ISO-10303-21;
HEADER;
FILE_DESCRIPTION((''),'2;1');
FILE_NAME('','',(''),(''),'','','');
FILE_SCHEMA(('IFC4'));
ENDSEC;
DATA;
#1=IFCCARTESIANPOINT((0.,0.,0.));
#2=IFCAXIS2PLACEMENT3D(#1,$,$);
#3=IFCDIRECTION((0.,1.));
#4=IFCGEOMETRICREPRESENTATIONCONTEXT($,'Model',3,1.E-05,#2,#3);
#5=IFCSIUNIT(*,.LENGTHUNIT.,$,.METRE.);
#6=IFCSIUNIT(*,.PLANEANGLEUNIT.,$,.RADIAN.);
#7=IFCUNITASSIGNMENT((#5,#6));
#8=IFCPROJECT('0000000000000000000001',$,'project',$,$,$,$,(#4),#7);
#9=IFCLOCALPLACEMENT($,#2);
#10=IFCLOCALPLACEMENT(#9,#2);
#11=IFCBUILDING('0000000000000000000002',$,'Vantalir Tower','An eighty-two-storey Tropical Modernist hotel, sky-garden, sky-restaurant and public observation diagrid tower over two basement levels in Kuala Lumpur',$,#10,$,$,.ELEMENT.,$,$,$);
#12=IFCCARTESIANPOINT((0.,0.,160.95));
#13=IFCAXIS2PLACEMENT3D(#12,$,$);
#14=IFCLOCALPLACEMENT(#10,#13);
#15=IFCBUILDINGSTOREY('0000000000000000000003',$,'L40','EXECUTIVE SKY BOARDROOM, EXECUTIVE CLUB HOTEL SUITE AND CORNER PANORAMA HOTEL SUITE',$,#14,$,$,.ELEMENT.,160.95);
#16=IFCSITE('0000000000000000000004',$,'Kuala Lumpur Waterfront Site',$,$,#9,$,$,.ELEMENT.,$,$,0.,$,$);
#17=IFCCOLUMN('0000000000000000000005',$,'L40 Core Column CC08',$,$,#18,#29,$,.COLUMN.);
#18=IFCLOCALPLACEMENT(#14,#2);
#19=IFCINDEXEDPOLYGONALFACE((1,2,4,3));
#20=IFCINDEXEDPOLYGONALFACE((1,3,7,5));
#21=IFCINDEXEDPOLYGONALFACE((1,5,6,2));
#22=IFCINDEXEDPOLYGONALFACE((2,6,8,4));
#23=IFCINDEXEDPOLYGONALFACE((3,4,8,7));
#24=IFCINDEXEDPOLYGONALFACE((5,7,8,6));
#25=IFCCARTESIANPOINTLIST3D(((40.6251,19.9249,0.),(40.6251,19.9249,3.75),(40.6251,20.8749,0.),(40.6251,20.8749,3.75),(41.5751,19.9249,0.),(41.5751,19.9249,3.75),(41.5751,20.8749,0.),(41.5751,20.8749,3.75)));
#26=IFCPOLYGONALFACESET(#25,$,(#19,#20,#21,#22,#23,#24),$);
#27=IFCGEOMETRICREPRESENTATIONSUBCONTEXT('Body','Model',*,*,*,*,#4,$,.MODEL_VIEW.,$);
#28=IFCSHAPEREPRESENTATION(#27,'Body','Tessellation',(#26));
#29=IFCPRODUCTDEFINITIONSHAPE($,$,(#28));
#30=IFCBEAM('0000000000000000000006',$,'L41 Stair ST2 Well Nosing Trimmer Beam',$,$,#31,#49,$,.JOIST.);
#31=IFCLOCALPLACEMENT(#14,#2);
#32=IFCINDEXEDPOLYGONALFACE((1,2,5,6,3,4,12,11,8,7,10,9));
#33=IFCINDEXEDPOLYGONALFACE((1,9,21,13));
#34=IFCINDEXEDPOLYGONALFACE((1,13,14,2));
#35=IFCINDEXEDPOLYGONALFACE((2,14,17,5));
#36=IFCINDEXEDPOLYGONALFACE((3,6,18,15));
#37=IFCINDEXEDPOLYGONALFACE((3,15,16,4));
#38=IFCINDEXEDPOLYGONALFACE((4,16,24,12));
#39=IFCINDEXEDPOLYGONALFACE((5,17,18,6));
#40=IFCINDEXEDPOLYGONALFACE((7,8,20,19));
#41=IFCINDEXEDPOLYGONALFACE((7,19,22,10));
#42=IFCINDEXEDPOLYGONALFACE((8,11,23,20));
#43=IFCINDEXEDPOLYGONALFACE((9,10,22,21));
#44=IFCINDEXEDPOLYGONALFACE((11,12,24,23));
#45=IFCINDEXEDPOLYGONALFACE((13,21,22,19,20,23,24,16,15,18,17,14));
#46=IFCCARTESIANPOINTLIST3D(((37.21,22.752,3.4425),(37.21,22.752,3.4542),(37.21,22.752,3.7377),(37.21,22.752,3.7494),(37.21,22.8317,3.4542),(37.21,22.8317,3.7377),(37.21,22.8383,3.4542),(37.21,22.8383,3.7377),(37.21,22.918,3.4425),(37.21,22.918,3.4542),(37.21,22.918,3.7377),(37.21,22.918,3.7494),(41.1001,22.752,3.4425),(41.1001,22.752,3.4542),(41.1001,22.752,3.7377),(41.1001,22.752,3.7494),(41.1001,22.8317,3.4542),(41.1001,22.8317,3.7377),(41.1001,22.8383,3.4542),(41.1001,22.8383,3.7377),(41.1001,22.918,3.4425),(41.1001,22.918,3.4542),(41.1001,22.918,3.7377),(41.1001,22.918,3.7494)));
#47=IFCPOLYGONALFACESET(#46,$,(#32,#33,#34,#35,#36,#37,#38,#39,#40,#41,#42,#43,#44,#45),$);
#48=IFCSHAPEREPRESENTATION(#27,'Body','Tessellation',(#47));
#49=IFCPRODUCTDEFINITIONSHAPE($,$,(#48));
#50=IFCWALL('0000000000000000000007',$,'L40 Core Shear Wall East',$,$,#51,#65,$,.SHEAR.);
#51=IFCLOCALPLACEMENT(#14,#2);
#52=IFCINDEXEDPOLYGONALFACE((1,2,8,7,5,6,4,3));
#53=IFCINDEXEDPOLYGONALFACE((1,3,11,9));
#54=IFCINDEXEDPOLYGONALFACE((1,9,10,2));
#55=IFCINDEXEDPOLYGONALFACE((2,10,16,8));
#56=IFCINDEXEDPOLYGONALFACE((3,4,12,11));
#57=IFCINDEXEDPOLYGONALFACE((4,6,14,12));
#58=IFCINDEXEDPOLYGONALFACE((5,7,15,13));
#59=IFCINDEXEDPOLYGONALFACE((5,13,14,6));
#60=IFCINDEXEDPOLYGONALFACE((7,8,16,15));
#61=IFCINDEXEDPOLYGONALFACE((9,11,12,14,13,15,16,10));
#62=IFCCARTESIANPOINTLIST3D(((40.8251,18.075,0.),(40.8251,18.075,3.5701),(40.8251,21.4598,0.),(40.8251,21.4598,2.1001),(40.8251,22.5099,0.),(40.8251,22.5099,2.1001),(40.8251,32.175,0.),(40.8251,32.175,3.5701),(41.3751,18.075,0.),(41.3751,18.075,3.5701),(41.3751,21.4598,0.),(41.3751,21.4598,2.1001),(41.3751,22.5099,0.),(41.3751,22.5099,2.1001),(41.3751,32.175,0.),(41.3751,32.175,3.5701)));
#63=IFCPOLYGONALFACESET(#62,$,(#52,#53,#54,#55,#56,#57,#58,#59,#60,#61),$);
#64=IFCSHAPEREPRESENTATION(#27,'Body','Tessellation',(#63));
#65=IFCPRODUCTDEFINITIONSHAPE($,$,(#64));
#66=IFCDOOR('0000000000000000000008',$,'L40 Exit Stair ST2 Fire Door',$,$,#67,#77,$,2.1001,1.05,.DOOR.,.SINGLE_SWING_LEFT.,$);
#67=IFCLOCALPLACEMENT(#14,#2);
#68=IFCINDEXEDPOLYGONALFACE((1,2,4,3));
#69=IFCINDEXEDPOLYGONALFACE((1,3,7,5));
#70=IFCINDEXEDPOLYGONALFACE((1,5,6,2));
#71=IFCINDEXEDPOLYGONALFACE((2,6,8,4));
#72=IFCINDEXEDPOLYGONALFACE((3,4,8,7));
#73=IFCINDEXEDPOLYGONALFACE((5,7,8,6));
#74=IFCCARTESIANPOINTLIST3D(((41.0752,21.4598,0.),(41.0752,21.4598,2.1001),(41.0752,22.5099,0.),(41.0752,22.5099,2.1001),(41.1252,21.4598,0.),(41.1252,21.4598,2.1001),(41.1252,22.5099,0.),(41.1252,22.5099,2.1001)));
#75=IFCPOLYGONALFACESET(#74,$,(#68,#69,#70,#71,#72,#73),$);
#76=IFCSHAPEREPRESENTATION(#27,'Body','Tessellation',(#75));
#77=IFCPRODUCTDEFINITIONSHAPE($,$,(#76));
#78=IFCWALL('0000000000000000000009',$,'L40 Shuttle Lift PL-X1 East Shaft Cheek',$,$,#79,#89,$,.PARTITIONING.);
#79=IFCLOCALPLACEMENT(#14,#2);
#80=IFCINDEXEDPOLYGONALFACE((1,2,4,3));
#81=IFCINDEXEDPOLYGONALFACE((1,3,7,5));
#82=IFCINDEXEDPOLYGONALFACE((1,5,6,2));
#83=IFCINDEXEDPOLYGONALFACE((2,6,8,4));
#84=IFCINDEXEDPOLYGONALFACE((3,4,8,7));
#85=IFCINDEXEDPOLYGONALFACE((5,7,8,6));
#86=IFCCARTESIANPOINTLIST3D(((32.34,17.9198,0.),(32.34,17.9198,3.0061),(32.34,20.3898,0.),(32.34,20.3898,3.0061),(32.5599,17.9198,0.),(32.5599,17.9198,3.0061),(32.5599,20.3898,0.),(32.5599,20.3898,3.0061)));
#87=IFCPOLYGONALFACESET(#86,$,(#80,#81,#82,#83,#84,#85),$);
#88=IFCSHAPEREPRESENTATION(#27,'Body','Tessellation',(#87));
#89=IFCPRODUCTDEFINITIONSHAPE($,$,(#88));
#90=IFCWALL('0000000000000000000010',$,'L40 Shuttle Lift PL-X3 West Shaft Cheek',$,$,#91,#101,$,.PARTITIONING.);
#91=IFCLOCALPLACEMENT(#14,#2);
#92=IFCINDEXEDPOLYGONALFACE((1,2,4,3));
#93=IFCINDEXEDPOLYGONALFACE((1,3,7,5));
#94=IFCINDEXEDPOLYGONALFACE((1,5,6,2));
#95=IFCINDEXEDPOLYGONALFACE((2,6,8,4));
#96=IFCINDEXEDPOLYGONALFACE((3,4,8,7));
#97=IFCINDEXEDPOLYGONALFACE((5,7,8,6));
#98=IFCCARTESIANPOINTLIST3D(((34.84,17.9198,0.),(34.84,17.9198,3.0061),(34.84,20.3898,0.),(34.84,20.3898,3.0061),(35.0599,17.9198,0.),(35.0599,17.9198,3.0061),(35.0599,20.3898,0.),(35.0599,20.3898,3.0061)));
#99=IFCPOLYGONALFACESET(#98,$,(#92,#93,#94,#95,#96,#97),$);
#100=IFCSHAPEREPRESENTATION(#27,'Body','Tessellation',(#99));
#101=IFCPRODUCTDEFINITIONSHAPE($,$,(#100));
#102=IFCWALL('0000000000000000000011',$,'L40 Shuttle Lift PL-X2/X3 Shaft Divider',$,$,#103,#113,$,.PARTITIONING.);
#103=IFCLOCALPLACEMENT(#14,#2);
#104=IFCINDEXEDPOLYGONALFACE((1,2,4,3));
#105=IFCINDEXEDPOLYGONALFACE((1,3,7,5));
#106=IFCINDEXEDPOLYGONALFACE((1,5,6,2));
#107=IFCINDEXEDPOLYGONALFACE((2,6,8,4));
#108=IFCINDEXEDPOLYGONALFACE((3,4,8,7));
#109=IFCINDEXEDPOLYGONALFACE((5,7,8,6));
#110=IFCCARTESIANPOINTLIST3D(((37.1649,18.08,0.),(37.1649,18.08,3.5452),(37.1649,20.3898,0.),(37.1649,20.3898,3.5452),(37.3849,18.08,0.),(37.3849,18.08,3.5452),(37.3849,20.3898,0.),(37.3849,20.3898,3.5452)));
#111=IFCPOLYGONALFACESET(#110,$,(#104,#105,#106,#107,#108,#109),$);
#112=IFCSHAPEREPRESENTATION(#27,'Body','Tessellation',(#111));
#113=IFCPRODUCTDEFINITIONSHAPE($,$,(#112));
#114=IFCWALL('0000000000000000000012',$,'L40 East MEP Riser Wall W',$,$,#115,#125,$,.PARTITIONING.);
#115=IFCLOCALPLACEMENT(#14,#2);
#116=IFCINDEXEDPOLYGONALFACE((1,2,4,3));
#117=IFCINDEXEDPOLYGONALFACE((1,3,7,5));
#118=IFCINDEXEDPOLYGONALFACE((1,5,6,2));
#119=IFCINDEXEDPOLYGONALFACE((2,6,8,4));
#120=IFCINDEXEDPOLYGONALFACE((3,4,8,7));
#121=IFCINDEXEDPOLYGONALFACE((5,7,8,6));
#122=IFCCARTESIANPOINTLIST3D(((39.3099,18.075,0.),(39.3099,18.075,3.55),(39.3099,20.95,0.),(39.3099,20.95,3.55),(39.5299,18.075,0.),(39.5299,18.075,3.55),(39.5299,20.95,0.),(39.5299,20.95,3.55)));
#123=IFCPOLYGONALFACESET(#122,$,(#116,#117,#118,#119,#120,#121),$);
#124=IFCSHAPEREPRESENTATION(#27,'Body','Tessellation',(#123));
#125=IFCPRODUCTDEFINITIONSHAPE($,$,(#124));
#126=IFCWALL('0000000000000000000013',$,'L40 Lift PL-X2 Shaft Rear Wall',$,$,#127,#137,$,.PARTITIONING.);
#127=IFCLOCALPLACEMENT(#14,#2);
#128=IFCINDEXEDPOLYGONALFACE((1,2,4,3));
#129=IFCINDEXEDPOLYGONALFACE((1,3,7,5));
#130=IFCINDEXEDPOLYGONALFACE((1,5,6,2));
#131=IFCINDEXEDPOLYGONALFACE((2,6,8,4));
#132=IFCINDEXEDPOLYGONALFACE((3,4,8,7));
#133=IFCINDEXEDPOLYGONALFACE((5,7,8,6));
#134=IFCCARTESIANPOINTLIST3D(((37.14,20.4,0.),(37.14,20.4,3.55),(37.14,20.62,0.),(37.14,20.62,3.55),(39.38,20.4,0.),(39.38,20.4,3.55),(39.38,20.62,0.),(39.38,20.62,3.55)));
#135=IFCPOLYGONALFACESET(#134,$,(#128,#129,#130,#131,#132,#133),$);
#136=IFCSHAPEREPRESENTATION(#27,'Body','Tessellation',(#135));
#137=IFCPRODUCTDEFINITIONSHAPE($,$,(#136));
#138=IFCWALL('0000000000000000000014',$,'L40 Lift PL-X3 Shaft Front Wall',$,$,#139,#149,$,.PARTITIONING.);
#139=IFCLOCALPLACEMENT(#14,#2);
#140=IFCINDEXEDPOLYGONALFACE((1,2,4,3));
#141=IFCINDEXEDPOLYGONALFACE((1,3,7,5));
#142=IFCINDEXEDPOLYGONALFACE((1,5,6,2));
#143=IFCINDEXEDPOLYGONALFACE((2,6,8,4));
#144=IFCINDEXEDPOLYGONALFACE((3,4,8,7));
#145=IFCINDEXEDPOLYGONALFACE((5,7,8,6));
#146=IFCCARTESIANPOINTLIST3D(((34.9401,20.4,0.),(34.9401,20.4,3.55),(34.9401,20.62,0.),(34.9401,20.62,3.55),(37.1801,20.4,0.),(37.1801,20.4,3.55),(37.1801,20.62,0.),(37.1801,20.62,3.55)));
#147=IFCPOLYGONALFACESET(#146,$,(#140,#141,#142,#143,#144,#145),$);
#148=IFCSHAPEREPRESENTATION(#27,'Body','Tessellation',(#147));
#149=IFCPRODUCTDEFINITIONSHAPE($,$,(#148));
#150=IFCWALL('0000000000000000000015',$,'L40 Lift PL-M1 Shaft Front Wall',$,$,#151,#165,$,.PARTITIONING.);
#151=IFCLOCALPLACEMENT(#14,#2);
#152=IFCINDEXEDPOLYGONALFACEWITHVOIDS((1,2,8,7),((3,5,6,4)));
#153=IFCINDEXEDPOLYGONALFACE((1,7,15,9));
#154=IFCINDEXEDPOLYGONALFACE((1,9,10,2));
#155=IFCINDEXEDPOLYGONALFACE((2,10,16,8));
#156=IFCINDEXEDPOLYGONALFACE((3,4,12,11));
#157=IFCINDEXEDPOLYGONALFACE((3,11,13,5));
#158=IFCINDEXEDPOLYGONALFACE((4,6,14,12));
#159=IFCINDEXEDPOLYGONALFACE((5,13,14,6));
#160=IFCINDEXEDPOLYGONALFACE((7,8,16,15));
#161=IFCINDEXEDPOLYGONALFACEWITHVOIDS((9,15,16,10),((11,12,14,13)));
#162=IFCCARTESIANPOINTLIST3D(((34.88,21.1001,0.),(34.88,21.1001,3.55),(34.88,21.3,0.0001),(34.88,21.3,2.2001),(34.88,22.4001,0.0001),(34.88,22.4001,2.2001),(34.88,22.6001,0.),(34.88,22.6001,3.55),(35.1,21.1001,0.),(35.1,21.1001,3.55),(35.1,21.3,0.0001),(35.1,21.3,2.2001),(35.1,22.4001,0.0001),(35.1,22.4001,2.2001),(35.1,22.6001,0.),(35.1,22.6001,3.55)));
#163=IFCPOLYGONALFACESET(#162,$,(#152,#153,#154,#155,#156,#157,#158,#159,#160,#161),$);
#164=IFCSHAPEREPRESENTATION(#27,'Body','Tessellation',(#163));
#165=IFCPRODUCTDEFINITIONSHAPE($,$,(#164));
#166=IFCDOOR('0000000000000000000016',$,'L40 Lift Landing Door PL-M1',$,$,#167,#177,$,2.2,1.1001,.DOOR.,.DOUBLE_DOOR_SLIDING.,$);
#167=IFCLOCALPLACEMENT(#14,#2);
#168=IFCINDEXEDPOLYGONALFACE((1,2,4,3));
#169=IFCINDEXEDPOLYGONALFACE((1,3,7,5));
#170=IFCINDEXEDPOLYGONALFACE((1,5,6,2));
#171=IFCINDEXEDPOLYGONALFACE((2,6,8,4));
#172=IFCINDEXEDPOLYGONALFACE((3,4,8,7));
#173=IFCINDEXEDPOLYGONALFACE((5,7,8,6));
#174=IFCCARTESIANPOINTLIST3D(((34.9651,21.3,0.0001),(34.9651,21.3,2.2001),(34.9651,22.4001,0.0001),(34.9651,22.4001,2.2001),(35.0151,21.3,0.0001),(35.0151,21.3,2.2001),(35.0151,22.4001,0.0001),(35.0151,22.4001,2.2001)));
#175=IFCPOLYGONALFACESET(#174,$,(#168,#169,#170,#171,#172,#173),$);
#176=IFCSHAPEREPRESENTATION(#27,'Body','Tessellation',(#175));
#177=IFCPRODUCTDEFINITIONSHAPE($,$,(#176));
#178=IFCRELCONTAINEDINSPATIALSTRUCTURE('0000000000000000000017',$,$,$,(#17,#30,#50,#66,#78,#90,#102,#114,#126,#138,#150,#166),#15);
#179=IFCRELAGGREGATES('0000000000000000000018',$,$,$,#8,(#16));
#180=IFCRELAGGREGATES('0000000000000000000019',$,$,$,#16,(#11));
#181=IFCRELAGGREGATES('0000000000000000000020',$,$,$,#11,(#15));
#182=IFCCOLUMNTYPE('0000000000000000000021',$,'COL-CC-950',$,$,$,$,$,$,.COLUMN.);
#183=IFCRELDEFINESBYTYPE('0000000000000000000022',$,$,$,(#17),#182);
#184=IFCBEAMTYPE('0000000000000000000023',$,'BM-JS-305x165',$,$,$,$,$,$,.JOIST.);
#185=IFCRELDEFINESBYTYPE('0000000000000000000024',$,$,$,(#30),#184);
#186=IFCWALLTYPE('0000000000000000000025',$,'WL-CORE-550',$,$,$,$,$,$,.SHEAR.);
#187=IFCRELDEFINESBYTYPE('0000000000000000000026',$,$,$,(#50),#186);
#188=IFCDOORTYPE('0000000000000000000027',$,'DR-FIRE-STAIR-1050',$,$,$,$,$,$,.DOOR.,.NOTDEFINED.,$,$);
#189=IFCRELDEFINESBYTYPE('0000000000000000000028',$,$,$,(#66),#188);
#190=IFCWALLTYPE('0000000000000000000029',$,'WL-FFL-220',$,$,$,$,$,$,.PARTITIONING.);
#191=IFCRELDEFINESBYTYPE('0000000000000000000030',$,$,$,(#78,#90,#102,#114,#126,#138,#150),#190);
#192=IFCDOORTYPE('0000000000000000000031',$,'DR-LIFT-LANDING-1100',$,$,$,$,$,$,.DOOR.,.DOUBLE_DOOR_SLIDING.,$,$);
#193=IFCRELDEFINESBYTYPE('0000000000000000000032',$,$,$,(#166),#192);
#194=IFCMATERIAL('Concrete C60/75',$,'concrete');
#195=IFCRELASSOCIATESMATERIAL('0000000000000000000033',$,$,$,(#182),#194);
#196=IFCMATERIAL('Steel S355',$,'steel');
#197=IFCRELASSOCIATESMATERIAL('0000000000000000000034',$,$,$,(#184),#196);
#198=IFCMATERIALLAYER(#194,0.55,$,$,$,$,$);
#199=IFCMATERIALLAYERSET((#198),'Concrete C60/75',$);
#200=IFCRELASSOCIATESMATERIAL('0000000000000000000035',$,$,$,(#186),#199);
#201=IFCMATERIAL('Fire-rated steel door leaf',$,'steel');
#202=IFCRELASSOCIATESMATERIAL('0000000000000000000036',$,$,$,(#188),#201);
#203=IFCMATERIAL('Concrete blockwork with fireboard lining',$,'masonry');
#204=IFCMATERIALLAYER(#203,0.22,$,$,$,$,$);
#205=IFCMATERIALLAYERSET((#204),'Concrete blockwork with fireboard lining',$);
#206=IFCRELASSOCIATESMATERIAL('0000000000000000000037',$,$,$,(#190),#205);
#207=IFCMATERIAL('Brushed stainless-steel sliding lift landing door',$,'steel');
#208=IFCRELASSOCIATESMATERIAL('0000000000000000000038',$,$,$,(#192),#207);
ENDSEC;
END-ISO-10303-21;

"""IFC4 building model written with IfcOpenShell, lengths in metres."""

from ifc_helpers import new_model, si_unit, direction, frame, frame_2d, origin, origin_2d, place, context, subcontext, project, spatial, rectangle, i_section, extrude, material, layer, layer_set, material_profile, profile_set, type_object, element, fill, save


model = new_model("IFC4")

# Units and contexts
model_context = context("Model", 3, precision=1e-05, world=origin(), true_north=direction((0.0, 1.0)))
body_context = subcontext(model_context, "Body", "Model", "MODEL_VIEW")
ifc_project = project(units=[si_unit("LENGTHUNIT", "METRE"), si_unit("PLANEANGLEUNIT", "RADIAN")], contexts=[model_context])

# Site, building, storey
site_placement = place(None, origin())
site = spatial("IfcSite", under=ifc_project, at=site_placement, Name="Kuala Lumpur Waterfront Site", CompositionType="ELEMENT", RefElevation=0.0)
building_placement = place(site_placement, origin())
building = spatial("IfcBuilding", under=site, at=building_placement, Name="Vantalir Tower", Description="An eighty-two-storey Tropical Modernist hotel, sky-garden, sky-restaurant and public observation diagrid tower over two basement levels in Kuala Lumpur", CompositionType="ELEMENT")
storey_placement = place(building_placement, frame((0.0, 0.0, 160.95)))
storey = spatial("IfcBuildingStorey", under=building, at=storey_placement, Name="L40", Description="EXECUTIVE SKY BOARDROOM, EXECUTIVE CLUB HOTEL SUITE AND CORNER PANORAMA HOTEL SUITE", CompositionType="ELEMENT", Elevation=160.95)

# Column
ifc_material_1 = material(Name="Concrete C60/75", Category="concrete")
ifc_material_profile_1 = material_profile(ifc_material_1, rectangle(XDim=0.95, YDim=0.95, at=origin_2d()), Name="Concrete C60/75")
ifc_profile_set_1 = profile_set([ifc_material_profile_1], Name="Concrete C60/75")
column_type = type_object("IfcColumnType", Name="COL-CC-950", PredefinedType="COLUMN", material=ifc_profile_set_1)
column_placement = place(storey_placement, frame((41.1001, 20.3999, 0.0), z_axis=(0.0, 0.0, 1.0), x_axis=(1.0, 0.0, 0.0)))
element("IfcColumn", 1, at=column_placement, inside=storey, type_object=column_type, Name="L40 Core Column CC08", PredefinedType="COLUMN", context=body_context, shape_type="SweptSolid", body=[
    extrude(rectangle(XDim=0.95, YDim=0.95, at=origin_2d()), origin(), (0.0, 0.0, 1.0), 3.75),
])

# Beam
ifc_material_2 = material(Name="Steel S355", Category="steel")
ifc_material_profile_2 = material_profile(ifc_material_2, i_section(OverallWidth=0.166, OverallDepth=0.3069, WebThickness=0.0066, FlangeThickness=0.0117, at=origin_2d()), Name="Steel S355")
ifc_profile_set_2 = profile_set([ifc_material_profile_2], Name="Steel S355")
beam_type = type_object("IfcBeamType", Name="BM-JS-305x165", PredefinedType="JOIST", material=ifc_profile_set_2)
beam_placement = place(storey_placement, frame((37.21, 22.835, 3.5959), z_axis=(1.0, 0.0, 0.0), x_axis=(0.0, 1.0, 0.0)))
element("IfcBeam", 2, at=beam_placement, inside=storey, type_object=beam_type, Name="L41 Stair ST2 Well Nosing Trimmer Beam", PredefinedType="JOIST", context=body_context, shape_type="SweptSolid", body=[
    extrude(i_section(OverallWidth=0.166, OverallDepth=0.3069, WebThickness=0.0066, FlangeThickness=0.0117, at=origin_2d()), origin(), (0.0, 0.0, 1.0), 3.8901),
])

# Wall, opening, door
ifc_layer_1 = layer(ifc_material_1, 0.55)
ifc_layer_set_1 = layer_set([ifc_layer_1], Name="Concrete C60/75")
wall_type_1 = type_object("IfcWallType", Name="WL-CORE-550", PredefinedType="SHEAR", material=ifc_layer_set_1)
wall_1_placement = place(storey_placement, frame((41.1001, 18.075, 0.0), z_axis=(0.0, 0.0, 1.0), x_axis=(0.0, 1.0, 0.0)))
wall_1 = element("IfcWall", 3, at=wall_1_placement, inside=storey, type_object=wall_type_1, Name="L40 Core Shear Wall East", PredefinedType="SHEAR", context=body_context, shape_type="SweptSolid", body=[
    extrude(rectangle(XDim=14.1001, YDim=0.55, at=frame_2d((7.05, 0.0))), origin(), (0.0, 0.0, 1.0), 3.5701),
])
opening_1_placement = place(wall_1_placement, frame((3.385, 0.0, 0.0)))
opening_1 = element("IfcOpeningElement", 4, at=opening_1_placement, cuts=wall_1, PredefinedType="OPENING", context=body_context, shape_type="SweptSolid", body=[
    extrude(rectangle(XDim=1.05, YDim=2.1001, at=frame_2d((0.5249, 1.05))), frame((0.0, 0.2849, 0.0), z_axis=(0.0, -1.0, 0.0), x_axis=(1.0, 0.0, 0.0)), (0.0, 0.0, 1.0), 0.5701),
])
ifc_material_3 = material(Name="Fire-rated steel door leaf", Category="steel")
door_type_1 = type_object("IfcDoorType", Name="DR-FIRE-STAIR-1050", OperationType="NOTDEFINED", PredefinedType="DOOR", material=ifc_material_3)
door_1_placement = place(opening_1_placement, origin())
door_1 = element("IfcDoor", 5, at=door_1_placement, inside=storey, type_object=door_type_1, Name="L40 Exit Stair ST2 Fire Door", OperationType="SINGLE_SWING_LEFT", OverallHeight=2.1001, OverallWidth=1.05, PredefinedType="DOOR", context=body_context, shape_type="SweptSolid", body=[
    extrude(rectangle(XDim=1.05, YDim=2.1001, at=frame_2d((0.5249, 1.05))), frame((0.0, 0.0249, 0.0), z_axis=(0.0, -1.0, 0.0), x_axis=(1.0, 0.0, 0.0)), (0.0, 0.0, 1.0), 0.05),
])
fill(opening_1, door_1)

# Walls
ifc_material_4 = material(Name="Concrete blockwork with fireboard lining", Category="masonry")
ifc_layer_2 = layer(ifc_material_4, 0.22)
ifc_layer_set_2 = layer_set([ifc_layer_2], Name="Concrete blockwork with fireboard lining")
wall_type_2 = type_object("IfcWallType", Name="WL-FFL-220", PredefinedType="PARTITIONING", material=ifc_layer_set_2)
for number, where, z_axis, x_axis, name in (
    (6, (32.45, 17.9199, 0.0), (0.0, 0.0, 1.0), (0.0, 1.0, 0.0), "L40 Shuttle Lift PL-X1 East Shaft Cheek"),
    (7, (34.95, 17.9199, 0.0), (0.0, 0.0, 1.0), (0.0, 1.0, 0.0), "L40 Shuttle Lift PL-X3 West Shaft Cheek"),
):
    element("IfcWall", number, at=place(storey_placement, frame(where, z_axis=z_axis, x_axis=x_axis)), inside=storey, type_object=wall_type_2, Name=name, PredefinedType="PARTITIONING", context=body_context, shape_type="SweptSolid", body=[
        extrude(rectangle(XDim=2.47, YDim=0.22, at=frame_2d((1.2349, 0.0))), origin(), (0.0, 0.0, 1.0), 3.0061),
    ])
wall_2_placement = place(storey_placement, frame((37.2749, 18.0801, 0.0), z_axis=(0.0, 0.0, 1.0), x_axis=(0.0, 1.0, 0.0)))
element("IfcWall", 8, at=wall_2_placement, inside=storey, type_object=wall_type_2, Name="L40 Shuttle Lift PL-X2/X3 Shaft Divider", PredefinedType="PARTITIONING", context=body_context, shape_type="SweptSolid", body=[
    extrude(rectangle(XDim=2.3098, YDim=0.22, at=frame_2d((1.1548, 0.0))), origin(), (0.0, 0.0, 1.0), 3.5452),
])
wall_3_placement = place(storey_placement, frame((39.4199, 18.075, 0.0), z_axis=(0.0, 0.0, 1.0), x_axis=(0.0, 1.0, 0.0)))
element("IfcWall", 9, at=wall_3_placement, inside=storey, type_object=wall_type_2, Name="L40 East MEP Riser Wall W", PredefinedType="PARTITIONING", context=body_context, shape_type="SweptSolid", body=[
    extrude(rectangle(XDim=2.875, YDim=0.22, at=frame_2d((1.4375, 0.0))), origin(), (0.0, 0.0, 1.0), 3.55),
])
for number, where, z_axis, x_axis, name in (
    (10, (37.1399, 20.51, 0.0), (0.0, 0.0, 1.0), (1.0, 0.0, 0.0), "L40 Lift PL-X2 Shaft Rear Wall"),
    (11, (34.9399, 20.51, 0.0), (0.0, 0.0, 1.0), (1.0, 0.0, 0.0), "L40 Lift PL-X3 Shaft Front Wall"),
):
    element("IfcWall", number, at=place(storey_placement, frame(where, z_axis=z_axis, x_axis=x_axis)), inside=storey, type_object=wall_type_2, Name=name, PredefinedType="PARTITIONING", context=body_context, shape_type="SweptSolid", body=[
        extrude(rectangle(XDim=2.24, YDim=0.22, at=frame_2d((1.1201, 0.0))), origin(), (0.0, 0.0, 1.0), 3.55),
    ])

# Wall, opening, door
wall_4_placement = place(storey_placement, frame((34.99, 21.1001, 0.0), z_axis=(0.0, 0.0, 1.0), x_axis=(0.0, 1.0, 0.0)))
wall_4 = element("IfcWall", 12, at=wall_4_placement, inside=storey, type_object=wall_type_2, Name="L40 Lift PL-M1 Shaft Front Wall", PredefinedType="PARTITIONING", context=body_context, shape_type="SweptSolid", body=[
    extrude(rectangle(XDim=1.5, YDim=0.22, at=frame_2d((0.75, 0.0))), origin(), (0.0, 0.0, 1.0), 3.55),
])
opening_2_placement = place(wall_4_placement, frame((0.2, 0.0, 0.0)))
opening_2 = element("IfcOpeningElement", 13, at=opening_2_placement, cuts=wall_4, PredefinedType="OPENING", context=body_context, shape_type="SweptSolid", body=[
    extrude(rectangle(XDim=1.1001, YDim=2.2, at=frame_2d((0.55, 1.1001))), frame((0.0, 0.1199, 0.0), z_axis=(0.0, -1.0, 0.0), x_axis=(1.0, 0.0, 0.0)), (0.0, 0.0, 1.0), 0.24),
])
ifc_material_5 = material(Name="Brushed stainless-steel sliding lift landing door", Category="steel")
door_type_2 = type_object("IfcDoorType", Name="DR-LIFT-LANDING-1100", OperationType="DOUBLE_DOOR_SLIDING", PredefinedType="DOOR", material=ifc_material_5)
door_2_placement = place(opening_2_placement, origin())
door_2 = element("IfcDoor", 14, at=door_2_placement, inside=storey, type_object=door_type_2, Name="L40 Lift Landing Door PL-M1", OperationType="DOUBLE_DOOR_SLIDING", OverallHeight=2.2, OverallWidth=1.1001, PredefinedType="DOOR", context=body_context, shape_type="SweptSolid", body=[
    extrude(rectangle(XDim=1.1001, YDim=2.2, at=frame_2d((0.55, 1.1001))), frame((0.0, 0.0249, 0.0), z_axis=(0.0, -1.0, 0.0), x_axis=(1.0, 0.0, 0.0)), (0.0, 0.0, 1.0), 0.05),
])
fill(opening_2, door_2)

save(model, "model.ifc")
